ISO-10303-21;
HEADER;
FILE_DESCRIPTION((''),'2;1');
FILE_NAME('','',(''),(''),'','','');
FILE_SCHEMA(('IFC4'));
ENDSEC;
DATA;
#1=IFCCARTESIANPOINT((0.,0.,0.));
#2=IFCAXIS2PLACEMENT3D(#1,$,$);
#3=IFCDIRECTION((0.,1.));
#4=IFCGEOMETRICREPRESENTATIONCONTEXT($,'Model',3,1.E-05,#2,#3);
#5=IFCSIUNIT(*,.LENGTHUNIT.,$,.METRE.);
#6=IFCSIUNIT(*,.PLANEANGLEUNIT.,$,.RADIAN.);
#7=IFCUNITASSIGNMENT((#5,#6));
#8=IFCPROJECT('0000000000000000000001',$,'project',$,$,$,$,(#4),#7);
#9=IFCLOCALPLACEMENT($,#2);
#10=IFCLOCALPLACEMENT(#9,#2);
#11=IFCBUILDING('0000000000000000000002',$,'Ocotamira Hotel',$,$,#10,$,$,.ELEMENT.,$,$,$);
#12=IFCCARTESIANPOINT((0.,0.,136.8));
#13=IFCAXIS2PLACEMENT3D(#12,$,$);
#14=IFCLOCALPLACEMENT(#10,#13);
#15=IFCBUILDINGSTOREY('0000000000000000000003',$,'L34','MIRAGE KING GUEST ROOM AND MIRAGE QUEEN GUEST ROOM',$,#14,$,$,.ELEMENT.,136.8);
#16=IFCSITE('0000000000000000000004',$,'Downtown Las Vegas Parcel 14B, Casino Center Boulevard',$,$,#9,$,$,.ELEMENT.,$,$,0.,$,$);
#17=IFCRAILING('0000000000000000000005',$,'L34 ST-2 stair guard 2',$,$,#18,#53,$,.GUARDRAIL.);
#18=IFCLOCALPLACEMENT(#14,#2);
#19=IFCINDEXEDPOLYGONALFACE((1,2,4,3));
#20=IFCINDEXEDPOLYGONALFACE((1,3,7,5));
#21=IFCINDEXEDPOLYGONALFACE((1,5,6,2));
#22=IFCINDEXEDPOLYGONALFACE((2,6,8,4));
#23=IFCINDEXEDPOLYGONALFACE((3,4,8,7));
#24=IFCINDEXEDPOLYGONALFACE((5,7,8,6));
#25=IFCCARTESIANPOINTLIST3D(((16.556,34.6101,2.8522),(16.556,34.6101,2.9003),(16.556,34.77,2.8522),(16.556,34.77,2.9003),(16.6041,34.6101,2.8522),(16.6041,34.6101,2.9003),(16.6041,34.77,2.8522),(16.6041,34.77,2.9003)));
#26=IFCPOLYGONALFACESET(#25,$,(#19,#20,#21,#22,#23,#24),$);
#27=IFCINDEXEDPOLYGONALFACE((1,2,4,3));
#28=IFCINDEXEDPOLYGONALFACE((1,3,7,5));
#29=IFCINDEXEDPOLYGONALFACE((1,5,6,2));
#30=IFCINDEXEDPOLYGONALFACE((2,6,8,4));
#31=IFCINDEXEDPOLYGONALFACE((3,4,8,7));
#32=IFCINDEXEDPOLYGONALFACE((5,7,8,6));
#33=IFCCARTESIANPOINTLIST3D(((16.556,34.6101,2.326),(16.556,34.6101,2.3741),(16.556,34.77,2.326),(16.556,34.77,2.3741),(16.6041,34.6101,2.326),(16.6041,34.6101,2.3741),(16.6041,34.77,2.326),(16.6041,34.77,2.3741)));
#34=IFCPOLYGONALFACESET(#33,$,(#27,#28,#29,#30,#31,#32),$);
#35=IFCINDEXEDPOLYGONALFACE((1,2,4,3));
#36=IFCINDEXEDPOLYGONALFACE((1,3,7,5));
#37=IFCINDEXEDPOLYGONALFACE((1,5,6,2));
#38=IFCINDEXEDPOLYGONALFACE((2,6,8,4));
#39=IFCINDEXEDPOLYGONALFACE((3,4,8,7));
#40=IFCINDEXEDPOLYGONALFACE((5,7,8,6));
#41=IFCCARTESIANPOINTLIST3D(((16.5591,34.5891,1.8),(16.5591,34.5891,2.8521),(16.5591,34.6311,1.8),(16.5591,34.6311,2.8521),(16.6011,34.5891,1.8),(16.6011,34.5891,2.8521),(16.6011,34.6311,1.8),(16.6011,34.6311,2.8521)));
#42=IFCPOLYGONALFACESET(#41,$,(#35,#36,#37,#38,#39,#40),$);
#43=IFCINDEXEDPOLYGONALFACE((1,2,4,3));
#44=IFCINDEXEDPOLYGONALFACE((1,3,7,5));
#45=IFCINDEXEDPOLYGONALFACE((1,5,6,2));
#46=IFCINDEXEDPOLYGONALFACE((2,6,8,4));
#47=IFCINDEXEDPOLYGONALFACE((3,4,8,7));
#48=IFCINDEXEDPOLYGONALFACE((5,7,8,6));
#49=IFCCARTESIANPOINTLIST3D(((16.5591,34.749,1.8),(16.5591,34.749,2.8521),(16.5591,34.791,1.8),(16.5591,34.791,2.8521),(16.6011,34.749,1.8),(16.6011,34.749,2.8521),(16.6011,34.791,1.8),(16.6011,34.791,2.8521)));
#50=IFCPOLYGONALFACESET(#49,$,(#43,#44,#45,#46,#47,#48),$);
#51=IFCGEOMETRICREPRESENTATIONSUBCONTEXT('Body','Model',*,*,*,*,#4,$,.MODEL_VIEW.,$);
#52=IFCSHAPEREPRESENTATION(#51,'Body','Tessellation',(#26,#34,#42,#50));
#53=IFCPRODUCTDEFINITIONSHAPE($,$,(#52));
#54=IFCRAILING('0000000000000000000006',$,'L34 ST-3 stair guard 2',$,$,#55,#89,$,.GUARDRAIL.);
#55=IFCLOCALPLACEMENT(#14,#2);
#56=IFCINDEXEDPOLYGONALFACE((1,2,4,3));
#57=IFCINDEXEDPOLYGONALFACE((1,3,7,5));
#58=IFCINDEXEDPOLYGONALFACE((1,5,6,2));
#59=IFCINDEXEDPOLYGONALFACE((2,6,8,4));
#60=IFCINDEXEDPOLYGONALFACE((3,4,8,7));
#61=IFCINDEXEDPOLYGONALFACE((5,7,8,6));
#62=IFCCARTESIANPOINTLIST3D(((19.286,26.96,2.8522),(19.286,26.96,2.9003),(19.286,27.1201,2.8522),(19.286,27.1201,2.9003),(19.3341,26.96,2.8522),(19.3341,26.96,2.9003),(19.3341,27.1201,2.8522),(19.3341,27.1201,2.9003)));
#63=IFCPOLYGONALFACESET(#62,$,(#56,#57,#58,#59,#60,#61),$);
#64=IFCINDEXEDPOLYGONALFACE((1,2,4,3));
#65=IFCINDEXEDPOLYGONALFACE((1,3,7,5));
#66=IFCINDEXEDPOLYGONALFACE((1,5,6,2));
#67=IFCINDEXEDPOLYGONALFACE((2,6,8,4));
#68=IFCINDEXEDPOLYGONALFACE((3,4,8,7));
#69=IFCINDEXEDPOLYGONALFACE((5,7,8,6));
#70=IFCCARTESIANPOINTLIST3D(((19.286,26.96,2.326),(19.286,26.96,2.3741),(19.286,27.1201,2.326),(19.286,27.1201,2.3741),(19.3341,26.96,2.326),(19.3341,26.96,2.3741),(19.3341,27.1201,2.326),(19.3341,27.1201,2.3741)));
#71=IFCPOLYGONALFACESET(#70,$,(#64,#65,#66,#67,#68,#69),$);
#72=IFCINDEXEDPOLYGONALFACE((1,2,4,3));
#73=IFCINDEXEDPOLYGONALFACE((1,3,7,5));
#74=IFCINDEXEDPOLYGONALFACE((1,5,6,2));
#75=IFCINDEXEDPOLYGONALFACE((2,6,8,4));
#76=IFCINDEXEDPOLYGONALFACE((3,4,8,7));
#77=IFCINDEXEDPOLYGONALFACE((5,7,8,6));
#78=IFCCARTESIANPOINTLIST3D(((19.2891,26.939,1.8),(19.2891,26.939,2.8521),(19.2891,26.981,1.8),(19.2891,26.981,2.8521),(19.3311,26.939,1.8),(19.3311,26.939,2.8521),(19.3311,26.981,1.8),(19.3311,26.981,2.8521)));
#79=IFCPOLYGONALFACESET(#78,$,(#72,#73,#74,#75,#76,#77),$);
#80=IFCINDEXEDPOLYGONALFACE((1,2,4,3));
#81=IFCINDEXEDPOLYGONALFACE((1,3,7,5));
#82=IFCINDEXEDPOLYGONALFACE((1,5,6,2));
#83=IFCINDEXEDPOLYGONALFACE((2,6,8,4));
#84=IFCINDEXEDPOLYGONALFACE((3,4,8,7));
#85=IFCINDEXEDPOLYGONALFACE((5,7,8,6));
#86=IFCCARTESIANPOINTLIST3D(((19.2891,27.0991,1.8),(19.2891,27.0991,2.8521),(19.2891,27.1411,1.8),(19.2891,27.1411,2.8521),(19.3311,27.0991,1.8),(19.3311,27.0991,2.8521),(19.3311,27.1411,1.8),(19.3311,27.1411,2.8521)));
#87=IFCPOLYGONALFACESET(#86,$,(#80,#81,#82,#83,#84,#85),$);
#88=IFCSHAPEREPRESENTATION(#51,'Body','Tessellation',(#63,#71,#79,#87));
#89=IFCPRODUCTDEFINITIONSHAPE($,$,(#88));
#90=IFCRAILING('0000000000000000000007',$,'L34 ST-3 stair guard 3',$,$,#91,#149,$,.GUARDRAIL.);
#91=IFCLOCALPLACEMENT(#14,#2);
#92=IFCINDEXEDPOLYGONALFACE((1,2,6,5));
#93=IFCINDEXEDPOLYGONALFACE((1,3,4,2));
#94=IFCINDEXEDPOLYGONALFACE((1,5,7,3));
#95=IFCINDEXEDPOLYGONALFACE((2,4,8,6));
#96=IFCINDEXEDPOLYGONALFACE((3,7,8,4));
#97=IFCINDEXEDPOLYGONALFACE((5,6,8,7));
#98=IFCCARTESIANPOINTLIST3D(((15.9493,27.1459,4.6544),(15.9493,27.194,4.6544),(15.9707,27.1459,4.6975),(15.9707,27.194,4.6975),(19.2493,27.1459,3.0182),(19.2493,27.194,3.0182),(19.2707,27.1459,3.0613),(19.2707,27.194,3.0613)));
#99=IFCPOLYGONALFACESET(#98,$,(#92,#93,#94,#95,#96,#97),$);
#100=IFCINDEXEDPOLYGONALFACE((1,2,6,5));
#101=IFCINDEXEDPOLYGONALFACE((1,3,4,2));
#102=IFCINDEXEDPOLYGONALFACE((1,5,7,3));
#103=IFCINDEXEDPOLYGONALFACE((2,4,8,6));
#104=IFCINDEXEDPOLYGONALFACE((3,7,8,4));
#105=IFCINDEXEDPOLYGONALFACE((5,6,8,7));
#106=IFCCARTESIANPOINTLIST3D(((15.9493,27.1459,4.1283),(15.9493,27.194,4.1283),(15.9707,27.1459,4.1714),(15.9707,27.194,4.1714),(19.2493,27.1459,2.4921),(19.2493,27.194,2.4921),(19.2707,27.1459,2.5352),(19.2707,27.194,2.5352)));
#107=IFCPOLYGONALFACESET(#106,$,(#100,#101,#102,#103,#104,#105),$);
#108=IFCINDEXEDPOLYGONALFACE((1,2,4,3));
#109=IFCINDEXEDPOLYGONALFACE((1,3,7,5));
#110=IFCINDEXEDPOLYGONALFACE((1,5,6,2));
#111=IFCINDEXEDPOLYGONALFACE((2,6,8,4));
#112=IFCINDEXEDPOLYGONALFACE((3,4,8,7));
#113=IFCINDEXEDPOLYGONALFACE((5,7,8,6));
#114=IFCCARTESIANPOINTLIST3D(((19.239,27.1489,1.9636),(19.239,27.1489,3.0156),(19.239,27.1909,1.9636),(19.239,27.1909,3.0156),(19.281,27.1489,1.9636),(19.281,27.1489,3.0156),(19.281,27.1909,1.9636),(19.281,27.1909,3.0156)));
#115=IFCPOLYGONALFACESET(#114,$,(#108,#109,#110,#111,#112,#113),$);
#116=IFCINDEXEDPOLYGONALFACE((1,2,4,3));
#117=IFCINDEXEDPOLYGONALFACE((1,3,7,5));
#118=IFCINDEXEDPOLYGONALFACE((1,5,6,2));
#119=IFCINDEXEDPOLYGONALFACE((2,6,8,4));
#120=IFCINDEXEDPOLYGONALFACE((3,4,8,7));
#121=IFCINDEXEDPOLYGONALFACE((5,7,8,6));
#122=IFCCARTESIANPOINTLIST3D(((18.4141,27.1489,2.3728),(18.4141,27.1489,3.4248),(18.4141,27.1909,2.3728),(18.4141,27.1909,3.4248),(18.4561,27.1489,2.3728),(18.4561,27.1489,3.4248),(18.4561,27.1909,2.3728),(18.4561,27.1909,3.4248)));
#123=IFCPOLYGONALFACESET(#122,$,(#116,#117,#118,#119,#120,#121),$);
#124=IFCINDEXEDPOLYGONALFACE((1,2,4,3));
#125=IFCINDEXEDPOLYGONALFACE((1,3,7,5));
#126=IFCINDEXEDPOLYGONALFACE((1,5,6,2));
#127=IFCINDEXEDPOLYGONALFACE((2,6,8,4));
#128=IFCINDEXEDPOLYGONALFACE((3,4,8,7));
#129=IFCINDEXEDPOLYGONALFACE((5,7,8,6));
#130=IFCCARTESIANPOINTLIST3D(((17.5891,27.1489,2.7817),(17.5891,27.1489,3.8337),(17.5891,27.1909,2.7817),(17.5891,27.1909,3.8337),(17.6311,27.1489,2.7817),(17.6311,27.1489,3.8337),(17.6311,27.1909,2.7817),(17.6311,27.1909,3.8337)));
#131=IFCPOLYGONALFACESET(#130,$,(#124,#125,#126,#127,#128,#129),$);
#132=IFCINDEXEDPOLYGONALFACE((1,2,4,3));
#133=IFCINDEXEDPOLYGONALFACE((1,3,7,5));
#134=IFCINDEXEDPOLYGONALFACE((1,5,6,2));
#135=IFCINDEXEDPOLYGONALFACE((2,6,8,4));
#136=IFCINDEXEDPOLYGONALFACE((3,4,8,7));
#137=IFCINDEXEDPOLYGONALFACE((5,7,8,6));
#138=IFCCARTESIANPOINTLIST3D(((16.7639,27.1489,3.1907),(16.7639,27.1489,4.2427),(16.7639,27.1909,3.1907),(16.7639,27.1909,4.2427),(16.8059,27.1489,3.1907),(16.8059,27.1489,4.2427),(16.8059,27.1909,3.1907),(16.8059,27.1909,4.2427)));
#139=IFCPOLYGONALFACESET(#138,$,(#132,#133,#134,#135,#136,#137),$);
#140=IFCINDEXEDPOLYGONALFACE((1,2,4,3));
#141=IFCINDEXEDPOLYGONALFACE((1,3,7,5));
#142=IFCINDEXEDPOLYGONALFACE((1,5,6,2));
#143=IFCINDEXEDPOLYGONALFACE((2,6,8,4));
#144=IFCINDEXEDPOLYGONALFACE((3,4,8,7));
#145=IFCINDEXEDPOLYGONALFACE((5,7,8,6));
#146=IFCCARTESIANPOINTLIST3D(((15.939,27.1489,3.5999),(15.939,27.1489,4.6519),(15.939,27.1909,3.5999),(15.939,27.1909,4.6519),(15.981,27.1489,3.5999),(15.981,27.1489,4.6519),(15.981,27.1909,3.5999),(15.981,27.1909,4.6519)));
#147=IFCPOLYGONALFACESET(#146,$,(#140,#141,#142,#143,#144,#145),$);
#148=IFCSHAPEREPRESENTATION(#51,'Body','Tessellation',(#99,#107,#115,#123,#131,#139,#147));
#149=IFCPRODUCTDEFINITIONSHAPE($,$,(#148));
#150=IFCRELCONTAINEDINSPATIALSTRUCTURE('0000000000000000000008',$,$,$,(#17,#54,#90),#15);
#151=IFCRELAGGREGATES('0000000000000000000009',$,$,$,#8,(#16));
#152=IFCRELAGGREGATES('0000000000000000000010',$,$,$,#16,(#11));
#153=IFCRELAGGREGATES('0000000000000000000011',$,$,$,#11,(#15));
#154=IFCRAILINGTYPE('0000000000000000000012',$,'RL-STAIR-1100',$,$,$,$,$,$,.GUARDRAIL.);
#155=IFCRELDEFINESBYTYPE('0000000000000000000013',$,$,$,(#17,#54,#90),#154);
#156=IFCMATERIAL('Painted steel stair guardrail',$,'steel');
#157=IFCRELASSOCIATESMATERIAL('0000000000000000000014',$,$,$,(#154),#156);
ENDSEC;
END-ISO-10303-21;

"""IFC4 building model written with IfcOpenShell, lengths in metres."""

from ifc_helpers import new_model, si_unit, direction, frame, origin, origin_2d, place, context, subcontext, project, spatial, rectangle, extrude, material, type_object, element, save


model = new_model("IFC4")

# Units and contexts
model_context = context("Model", 3, precision=1e-05, world=origin(), true_north=direction((0.0, 1.0)))
body_context = subcontext(model_context, "Body", "Model", "MODEL_VIEW")
ifc_project = project(units=[si_unit("LENGTHUNIT", "METRE"), si_unit("PLANEANGLEUNIT", "RADIAN")], contexts=[model_context])

# Site, building, storey
site_placement = place(None, origin())
site = spatial("IfcSite", under=ifc_project, at=site_placement, Name="Downtown Las Vegas Parcel 14B, Casino Center Boulevard", CompositionType="ELEMENT", RefElevation=0.0)
building_placement = place(site_placement, origin())
building = spatial("IfcBuilding", under=site, at=building_placement, Name="Ocotamira Hotel", CompositionType="ELEMENT")
storey_placement = place(building_placement, frame((0.0, 0.0, 136.8)))
storey = spatial("IfcBuildingStorey", under=building, at=storey_placement, Name="L34", Description="MIRAGE KING GUEST ROOM AND MIRAGE QUEEN GUEST ROOM", CompositionType="ELEMENT", Elevation=136.8)

# Railings
ifc_material_1 = material(Name="Painted steel stair guardrail", Category="steel")
railing_type_1 = type_object("IfcRailingType", Name="RL-STAIR-1100", PredefinedType="GUARDRAIL", material=ifc_material_1)
railing_1_placement = place(storey_placement, frame((16.5801, 34.6101, 1.8)))
element("IfcRailing", 1, at=railing_1_placement, inside=storey, type_object=railing_type_1, Name="L34 ST-2 stair guard 2", PredefinedType="GUARDRAIL", context=body_context, shape_type="SweptSolid", body=[
    extrude(rectangle(XDim=0.0481, YDim=0.0481, at=origin_2d()), frame((0.0, 0.0, 1.0762), z_axis=(0.0, 1.0, 0.0), x_axis=(-1.0, 0.0, 0.0)), (0.0, 0.0, 1.0), 0.1599),
    extrude(rectangle(XDim=0.0481, YDim=0.0481, at=origin_2d()), frame((0.0, 0.0, 0.55), z_axis=(0.0, 1.0, 0.0), x_axis=(-1.0, 0.0, 0.0)), (0.0, 0.0, 1.0), 0.1599),
    extrude(rectangle(XDim=0.042, YDim=0.042, at=origin_2d()), origin(), (0.0, 0.0, 1.0), 1.052),
    extrude(rectangle(XDim=0.042, YDim=0.042, at=origin_2d()), frame((0.0, 0.1599, 0.0)), (0.0, 0.0, 1.0), 1.052),
])
railing_2_placement = place(storey_placement, frame((19.3101, 26.96, 1.8)))
element("IfcRailing", 2, at=railing_2_placement, inside=storey, type_object=railing_type_1, Name="L34 ST-3 stair guard 2", PredefinedType="GUARDRAIL", context=body_context, shape_type="SweptSolid", body=[
    extrude(rectangle(XDim=0.0481, YDim=0.0481, at=origin_2d()), frame((0.0, 0.0, 1.0762), z_axis=(0.0, 1.0, 0.0), x_axis=(-1.0, 0.0, 0.0)), (0.0, 0.0, 1.0), 0.1602),
    extrude(rectangle(XDim=0.0481, YDim=0.0481, at=origin_2d()), frame((0.0, 0.0, 0.55), z_axis=(0.0, 1.0, 0.0), x_axis=(-1.0, 0.0, 0.0)), (0.0, 0.0, 1.0), 0.1602),
    extrude(rectangle(XDim=0.042, YDim=0.042, at=origin_2d()), origin(), (0.0, 0.0, 1.0), 1.052),
    extrude(rectangle(XDim=0.042, YDim=0.042, at=origin_2d()), frame((0.0, 0.1602, 0.0)), (0.0, 0.0, 1.0), 1.052),
])
railing_3_placement = place(storey_placement, frame((19.26, 27.1699, 1.9636)))
element("IfcRailing", 3, at=railing_3_placement, inside=storey, type_object=railing_type_1, Name="L34 ST-3 stair guard 3", PredefinedType="GUARDRAIL", context=body_context, shape_type="SweptSolid", body=[
    extrude(rectangle(XDim=0.0481, YDim=0.0481, at=origin_2d()), frame((0.0, 0.0, 1.0762), z_axis=(-0.89592, 0.0, 0.444215), x_axis=(0.0, -1.0, 0.0)), (0.0, 0.0, 1.0), 3.6833),
    extrude(rectangle(XDim=0.0481, YDim=0.0481, at=origin_2d()), frame((0.0, 0.0, 0.55), z_axis=(-0.89592, 0.0, 0.444215), x_axis=(0.0, -1.0, 0.0)), (0.0, 0.0, 1.0), 3.6833),
    extrude(rectangle(XDim=0.042, YDim=0.042, at=origin_2d()), origin(), (0.0, 0.0, 1.0), 1.052),
    extrude(rectangle(XDim=0.042, YDim=0.042, at=origin_2d()), frame((-0.825, 0.0, 0.4092)), (0.0, 0.0, 1.0), 1.052),
    extrude(rectangle(XDim=0.042, YDim=0.042, at=origin_2d()), frame((-1.6499, 0.0, 0.8181)), (0.0, 0.0, 1.0), 1.052),
    extrude(rectangle(XDim=0.042, YDim=0.042, at=origin_2d()), frame((-2.4751, 0.0, 1.2271)), (0.0, 0.0, 1.0), 1.052),
    extrude(rectangle(XDim=0.042, YDim=0.042, at=origin_2d()), frame((-3.3, 0.0, 1.6362)), (0.0, 0.0, 1.0), 1.052),
])

save(model, "model.ifc")
